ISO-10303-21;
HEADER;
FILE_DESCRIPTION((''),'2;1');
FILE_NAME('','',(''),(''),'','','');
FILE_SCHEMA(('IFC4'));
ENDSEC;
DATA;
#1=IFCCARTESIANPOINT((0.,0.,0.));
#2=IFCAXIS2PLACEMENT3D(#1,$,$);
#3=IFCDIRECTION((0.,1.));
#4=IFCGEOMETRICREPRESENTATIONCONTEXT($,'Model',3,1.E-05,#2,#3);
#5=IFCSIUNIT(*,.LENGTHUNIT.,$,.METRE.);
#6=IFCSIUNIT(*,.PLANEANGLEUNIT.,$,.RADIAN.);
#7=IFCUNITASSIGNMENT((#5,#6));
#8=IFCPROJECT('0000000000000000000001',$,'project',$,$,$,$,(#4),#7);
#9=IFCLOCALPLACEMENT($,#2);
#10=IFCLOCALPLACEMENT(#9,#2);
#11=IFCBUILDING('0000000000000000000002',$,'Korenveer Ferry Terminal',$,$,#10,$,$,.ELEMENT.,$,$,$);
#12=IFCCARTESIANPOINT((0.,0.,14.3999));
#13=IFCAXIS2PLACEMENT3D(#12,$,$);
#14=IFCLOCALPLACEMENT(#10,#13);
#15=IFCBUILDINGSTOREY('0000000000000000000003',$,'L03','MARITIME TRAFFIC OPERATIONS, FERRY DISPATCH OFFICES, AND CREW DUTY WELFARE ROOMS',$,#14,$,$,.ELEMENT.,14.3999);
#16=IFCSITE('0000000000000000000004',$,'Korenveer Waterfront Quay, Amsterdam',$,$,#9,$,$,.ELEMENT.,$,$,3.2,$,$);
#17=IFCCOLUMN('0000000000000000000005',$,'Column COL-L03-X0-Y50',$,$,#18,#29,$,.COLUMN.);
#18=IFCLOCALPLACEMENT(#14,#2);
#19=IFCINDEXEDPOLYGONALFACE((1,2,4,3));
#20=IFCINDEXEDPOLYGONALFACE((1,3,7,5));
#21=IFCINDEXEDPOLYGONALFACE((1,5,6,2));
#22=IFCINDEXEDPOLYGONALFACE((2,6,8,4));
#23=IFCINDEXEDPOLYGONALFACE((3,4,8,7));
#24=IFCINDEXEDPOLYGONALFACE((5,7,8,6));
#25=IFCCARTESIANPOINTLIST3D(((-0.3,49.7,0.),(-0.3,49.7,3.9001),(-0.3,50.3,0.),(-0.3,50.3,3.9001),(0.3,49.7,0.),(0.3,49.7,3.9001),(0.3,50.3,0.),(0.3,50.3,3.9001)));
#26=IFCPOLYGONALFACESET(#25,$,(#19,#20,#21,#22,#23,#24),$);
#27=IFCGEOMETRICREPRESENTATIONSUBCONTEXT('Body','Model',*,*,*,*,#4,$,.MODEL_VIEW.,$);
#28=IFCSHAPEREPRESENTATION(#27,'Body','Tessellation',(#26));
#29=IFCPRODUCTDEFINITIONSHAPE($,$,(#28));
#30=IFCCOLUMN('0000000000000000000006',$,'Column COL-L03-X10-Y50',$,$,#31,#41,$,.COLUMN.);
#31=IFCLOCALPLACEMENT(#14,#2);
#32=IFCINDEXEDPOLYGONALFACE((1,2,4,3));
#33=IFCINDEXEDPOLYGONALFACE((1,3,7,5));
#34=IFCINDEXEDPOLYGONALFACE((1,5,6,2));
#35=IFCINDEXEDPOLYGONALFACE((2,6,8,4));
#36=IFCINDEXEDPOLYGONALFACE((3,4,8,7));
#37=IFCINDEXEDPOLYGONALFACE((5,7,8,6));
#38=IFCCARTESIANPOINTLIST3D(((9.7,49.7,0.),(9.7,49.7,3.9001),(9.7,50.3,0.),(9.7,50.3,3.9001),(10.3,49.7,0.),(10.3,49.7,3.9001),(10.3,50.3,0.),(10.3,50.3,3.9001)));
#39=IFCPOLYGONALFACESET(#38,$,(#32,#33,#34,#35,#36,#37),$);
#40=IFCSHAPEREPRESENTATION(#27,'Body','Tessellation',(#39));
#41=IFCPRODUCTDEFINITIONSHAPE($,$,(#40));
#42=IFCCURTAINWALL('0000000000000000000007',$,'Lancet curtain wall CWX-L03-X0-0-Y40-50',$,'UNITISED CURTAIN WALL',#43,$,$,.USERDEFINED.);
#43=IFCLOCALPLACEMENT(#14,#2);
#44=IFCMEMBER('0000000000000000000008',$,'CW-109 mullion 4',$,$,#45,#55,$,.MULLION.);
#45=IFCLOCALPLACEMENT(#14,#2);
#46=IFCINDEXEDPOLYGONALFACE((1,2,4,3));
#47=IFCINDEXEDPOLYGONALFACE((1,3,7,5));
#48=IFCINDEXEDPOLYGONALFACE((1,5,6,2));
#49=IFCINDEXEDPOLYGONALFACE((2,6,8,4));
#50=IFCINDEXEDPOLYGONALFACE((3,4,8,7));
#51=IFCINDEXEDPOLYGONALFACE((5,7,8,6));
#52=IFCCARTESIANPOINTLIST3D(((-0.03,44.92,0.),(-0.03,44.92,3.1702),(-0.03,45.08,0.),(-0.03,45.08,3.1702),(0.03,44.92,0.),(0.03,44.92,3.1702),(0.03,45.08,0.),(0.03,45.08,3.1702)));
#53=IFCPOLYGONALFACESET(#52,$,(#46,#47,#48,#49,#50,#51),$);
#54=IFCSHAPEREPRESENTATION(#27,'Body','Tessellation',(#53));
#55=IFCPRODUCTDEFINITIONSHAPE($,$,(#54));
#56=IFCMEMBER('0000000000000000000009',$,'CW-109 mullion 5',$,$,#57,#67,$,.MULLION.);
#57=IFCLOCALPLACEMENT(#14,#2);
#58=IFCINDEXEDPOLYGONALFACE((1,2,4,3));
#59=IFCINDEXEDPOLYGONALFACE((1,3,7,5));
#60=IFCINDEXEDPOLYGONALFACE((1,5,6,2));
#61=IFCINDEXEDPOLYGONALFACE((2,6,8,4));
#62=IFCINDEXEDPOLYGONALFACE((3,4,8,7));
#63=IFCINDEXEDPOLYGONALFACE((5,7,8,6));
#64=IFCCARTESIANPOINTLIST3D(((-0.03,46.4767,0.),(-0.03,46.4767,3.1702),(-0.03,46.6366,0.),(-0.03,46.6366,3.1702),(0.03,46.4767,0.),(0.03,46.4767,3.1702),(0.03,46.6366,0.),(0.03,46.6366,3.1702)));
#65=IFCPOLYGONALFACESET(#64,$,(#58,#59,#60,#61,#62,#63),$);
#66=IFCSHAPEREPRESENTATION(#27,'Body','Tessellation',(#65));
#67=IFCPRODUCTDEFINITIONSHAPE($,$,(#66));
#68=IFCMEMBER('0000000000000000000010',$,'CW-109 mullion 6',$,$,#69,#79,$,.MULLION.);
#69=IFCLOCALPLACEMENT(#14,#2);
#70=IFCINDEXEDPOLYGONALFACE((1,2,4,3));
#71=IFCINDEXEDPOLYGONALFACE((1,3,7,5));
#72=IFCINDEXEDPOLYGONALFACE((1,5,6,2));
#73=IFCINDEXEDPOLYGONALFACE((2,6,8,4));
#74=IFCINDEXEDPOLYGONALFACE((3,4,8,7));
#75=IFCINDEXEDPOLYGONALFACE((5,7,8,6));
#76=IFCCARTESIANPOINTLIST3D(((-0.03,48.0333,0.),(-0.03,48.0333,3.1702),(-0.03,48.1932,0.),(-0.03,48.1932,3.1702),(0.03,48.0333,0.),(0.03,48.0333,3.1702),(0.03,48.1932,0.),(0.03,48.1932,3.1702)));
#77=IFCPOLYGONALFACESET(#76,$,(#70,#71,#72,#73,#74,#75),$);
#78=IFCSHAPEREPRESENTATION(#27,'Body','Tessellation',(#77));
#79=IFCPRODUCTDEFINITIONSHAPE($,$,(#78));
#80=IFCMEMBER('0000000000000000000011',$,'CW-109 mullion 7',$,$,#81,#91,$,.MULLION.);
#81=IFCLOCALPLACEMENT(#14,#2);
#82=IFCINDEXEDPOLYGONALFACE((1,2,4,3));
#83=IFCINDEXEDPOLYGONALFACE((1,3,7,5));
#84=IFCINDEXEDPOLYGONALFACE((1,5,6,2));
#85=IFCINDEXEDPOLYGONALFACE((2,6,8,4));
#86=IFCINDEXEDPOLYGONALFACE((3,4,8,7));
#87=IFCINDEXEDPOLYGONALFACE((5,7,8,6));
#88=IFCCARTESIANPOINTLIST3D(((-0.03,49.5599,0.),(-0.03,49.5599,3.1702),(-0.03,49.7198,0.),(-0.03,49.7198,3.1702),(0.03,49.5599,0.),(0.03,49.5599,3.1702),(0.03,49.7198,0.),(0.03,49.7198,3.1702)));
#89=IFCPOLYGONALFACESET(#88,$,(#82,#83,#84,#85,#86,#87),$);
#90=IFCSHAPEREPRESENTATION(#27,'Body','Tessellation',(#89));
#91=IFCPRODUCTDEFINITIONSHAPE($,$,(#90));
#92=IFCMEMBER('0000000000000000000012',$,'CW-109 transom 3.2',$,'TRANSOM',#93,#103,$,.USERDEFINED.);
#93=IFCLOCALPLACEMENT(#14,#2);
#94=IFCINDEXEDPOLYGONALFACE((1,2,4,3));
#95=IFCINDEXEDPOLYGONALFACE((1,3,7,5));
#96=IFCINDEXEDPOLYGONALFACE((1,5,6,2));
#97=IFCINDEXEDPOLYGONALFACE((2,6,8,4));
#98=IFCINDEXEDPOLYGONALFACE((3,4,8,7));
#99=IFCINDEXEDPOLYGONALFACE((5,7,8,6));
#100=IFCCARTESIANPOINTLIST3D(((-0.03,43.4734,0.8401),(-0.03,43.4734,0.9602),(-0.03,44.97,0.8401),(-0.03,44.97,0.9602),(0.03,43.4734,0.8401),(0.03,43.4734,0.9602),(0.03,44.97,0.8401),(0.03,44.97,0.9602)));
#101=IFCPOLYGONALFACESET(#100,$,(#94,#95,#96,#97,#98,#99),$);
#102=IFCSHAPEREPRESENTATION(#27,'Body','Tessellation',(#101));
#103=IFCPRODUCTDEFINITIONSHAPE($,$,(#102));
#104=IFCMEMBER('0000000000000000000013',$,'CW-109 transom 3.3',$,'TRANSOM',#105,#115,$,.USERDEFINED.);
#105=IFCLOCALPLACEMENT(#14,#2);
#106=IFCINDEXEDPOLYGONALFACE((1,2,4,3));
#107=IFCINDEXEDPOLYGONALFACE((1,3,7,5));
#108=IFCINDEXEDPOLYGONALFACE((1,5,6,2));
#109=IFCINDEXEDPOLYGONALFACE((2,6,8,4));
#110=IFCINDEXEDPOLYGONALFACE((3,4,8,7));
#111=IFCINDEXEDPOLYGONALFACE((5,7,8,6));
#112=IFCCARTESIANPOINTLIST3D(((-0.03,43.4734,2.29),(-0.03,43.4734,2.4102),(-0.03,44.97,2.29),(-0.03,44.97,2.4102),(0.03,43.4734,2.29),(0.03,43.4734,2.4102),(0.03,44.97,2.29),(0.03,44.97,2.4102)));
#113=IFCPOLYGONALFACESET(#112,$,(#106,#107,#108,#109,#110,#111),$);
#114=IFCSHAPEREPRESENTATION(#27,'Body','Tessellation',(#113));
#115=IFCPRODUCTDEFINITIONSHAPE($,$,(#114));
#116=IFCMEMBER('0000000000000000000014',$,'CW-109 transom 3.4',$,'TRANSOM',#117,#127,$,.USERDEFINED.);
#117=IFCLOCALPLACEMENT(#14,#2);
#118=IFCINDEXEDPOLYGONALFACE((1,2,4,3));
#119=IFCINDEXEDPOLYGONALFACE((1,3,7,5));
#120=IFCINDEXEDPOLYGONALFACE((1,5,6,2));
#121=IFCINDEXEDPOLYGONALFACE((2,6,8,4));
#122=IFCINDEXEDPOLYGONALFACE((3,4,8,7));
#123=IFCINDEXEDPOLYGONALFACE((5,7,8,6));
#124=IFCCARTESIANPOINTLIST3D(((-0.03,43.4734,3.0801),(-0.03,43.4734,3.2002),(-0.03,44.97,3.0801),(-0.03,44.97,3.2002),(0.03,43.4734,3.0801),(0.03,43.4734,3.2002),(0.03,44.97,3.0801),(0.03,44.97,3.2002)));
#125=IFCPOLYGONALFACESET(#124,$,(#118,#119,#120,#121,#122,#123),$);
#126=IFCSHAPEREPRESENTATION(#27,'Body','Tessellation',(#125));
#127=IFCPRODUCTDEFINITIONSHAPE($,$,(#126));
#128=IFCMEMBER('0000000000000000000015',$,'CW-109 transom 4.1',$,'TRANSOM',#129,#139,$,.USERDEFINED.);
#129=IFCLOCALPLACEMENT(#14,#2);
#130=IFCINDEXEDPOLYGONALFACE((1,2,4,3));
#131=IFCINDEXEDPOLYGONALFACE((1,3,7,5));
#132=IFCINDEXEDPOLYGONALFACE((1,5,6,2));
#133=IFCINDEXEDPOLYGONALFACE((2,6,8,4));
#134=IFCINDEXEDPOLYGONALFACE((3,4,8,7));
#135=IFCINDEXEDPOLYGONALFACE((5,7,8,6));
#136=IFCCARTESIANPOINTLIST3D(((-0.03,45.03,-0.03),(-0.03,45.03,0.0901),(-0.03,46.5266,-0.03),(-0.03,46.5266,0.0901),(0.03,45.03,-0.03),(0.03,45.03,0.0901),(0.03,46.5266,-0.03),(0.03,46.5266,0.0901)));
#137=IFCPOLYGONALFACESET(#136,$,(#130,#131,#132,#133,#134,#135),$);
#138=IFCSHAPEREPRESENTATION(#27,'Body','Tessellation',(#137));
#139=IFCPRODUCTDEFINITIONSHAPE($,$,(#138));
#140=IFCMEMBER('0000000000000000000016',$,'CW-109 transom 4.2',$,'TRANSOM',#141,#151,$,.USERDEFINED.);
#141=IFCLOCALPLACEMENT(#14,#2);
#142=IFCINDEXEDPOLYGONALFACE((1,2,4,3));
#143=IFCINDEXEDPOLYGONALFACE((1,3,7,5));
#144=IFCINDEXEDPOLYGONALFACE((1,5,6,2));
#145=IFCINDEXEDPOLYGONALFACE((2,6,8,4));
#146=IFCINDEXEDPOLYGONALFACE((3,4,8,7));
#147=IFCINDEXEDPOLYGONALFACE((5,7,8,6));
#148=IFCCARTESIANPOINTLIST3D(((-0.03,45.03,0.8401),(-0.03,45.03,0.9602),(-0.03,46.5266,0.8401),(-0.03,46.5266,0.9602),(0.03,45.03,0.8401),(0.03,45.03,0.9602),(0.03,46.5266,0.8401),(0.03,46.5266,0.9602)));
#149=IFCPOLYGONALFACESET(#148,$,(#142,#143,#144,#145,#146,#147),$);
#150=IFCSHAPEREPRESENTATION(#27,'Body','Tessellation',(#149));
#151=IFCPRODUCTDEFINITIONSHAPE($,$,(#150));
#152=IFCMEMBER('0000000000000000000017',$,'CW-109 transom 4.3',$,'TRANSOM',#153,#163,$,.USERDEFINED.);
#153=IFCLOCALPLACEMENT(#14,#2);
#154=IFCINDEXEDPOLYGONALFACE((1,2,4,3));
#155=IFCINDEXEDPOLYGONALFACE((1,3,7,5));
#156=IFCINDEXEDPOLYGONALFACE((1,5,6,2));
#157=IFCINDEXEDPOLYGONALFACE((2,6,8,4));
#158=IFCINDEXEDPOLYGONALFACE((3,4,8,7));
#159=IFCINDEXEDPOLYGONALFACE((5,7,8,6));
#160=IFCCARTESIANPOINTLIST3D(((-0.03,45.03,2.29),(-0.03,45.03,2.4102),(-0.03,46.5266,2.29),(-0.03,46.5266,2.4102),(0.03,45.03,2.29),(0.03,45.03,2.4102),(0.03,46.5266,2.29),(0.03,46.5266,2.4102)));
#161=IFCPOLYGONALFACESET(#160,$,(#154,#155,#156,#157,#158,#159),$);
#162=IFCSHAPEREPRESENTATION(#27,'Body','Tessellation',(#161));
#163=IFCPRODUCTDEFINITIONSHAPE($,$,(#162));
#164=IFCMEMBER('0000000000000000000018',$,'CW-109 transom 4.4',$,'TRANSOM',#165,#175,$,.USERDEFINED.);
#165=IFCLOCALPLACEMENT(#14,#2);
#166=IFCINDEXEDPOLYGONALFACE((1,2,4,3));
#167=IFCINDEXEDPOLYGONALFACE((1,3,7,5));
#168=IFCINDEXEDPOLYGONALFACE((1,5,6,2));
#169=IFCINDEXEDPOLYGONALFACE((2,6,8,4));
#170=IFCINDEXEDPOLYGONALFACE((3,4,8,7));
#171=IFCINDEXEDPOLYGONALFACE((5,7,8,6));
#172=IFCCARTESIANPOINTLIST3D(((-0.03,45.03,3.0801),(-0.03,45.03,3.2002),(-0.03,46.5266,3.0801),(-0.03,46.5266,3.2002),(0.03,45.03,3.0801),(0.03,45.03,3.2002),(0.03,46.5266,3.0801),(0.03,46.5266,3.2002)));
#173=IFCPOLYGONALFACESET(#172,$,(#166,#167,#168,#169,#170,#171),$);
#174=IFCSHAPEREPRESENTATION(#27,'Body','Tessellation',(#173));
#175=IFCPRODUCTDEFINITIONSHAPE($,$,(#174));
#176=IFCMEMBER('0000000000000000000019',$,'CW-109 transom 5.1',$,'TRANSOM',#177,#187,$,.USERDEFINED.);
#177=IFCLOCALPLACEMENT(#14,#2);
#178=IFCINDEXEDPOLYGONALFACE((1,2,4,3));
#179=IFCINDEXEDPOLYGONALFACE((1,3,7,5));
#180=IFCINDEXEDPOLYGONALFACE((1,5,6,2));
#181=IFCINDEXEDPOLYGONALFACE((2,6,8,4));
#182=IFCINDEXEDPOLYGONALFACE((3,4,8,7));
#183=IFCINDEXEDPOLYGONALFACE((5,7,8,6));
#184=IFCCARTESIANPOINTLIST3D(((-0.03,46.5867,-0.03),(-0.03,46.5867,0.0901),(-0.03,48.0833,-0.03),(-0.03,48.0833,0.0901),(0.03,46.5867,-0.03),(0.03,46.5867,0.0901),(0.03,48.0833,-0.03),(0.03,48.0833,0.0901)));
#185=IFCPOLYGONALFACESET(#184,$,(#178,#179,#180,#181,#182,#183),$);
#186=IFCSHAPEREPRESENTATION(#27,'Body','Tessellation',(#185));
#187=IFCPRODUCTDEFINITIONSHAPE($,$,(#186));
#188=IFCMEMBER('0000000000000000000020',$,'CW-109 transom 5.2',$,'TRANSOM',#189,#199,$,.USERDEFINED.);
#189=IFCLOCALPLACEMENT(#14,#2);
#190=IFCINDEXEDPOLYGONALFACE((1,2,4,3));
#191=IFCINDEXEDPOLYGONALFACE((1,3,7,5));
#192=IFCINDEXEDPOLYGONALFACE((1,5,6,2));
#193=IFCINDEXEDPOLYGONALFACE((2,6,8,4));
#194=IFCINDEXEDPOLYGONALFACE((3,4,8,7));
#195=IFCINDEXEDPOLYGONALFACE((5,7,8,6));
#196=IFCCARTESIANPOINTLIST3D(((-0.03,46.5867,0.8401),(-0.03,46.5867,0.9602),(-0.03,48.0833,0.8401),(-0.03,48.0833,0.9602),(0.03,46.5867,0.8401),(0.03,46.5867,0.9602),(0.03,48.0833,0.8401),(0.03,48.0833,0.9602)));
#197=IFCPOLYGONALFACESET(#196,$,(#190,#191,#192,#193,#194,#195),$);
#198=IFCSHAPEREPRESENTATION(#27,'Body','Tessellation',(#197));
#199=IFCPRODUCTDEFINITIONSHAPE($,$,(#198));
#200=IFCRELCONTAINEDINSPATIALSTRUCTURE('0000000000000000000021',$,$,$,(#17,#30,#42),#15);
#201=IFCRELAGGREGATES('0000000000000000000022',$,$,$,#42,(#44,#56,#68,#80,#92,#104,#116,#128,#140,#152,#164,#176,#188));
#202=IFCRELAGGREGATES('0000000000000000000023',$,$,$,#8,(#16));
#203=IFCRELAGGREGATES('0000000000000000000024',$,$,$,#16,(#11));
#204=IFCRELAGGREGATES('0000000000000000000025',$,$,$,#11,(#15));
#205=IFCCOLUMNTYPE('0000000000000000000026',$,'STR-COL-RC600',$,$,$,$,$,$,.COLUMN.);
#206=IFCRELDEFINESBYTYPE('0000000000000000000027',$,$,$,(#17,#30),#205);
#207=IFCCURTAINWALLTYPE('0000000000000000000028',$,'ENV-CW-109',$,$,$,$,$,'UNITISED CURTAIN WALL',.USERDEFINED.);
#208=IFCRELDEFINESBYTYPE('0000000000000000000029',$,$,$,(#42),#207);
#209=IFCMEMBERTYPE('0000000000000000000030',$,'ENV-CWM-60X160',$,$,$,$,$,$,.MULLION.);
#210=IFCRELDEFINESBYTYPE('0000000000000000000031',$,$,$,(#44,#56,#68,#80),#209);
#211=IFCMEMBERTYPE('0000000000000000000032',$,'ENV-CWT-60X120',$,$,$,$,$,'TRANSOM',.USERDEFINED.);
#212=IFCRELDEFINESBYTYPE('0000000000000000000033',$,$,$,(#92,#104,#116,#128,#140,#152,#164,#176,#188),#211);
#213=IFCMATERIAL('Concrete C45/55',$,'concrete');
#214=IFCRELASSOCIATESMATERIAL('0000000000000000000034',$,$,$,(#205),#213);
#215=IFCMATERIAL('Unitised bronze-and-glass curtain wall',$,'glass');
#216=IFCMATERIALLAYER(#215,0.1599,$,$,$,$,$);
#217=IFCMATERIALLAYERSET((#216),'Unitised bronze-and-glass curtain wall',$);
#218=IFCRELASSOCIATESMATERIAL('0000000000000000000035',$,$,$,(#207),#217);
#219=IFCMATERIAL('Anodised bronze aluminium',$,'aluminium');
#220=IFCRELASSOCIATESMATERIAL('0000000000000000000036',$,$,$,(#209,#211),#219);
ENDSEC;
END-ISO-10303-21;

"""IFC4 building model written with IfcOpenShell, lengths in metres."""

from ifc_helpers import new_model, si_unit, direction, frame, origin, origin_2d, place, context, subcontext, project, spatial, rectangle, extrude, material, layer, layer_set, material_profile, profile_set, type_object, element, aggregate, save


model = new_model("IFC4")

# Units and contexts
model_context = context("Model", 3, precision=1e-05, world=origin(), true_north=direction((0.0, 1.0)))
body_context = subcontext(model_context, "Body", "Model", "MODEL_VIEW")
ifc_project = project(units=[si_unit("LENGTHUNIT", "METRE"), si_unit("PLANEANGLEUNIT", "RADIAN")], contexts=[model_context])

# Site, building, storey
site_placement = place(None, origin())
site = spatial("IfcSite", under=ifc_project, at=site_placement, Name="Korenveer Waterfront Quay, Amsterdam", CompositionType="ELEMENT", RefElevation=3.2)
building_placement = place(site_placement, origin())
building = spatial("IfcBuilding", under=site, at=building_placement, Name="Korenveer Ferry Terminal", CompositionType="ELEMENT")
storey_placement = place(building_placement, frame((0.0, 0.0, 14.3999)))
storey = spatial("IfcBuildingStorey", under=building, at=storey_placement, Name="L03", Description="MARITIME TRAFFIC OPERATIONS, FERRY DISPATCH OFFICES, AND CREW DUTY WELFARE ROOMS", CompositionType="ELEMENT", Elevation=14.3999)

# Columns
ifc_material_1 = material(Name="Concrete C45/55", Category="concrete")
ifc_material_profile_1 = material_profile(ifc_material_1, rectangle(XDim=0.6001, YDim=0.6001, at=origin_2d()), Name="RC 600x600")
ifc_profile_set_1 = profile_set([ifc_material_profile_1], Name="Concrete C45/55")
column_type = type_object("IfcColumnType", Name="STR-COL-RC600", PredefinedType="COLUMN", material=ifc_profile_set_1)
for number, where, z_axis, x_axis, name in (
    (1, (0.0, 50.0, 0.0), (0.0, 0.0, 1.0), (1.0, 0.0, 0.0), "Column COL-L03-X0-Y50"),
    (2, (10.0, 50.0, 0.0), (0.0, 0.0, 1.0), (1.0, 0.0, 0.0), "Column COL-L03-X10-Y50"),
):
    element("IfcColumn", number, at=place(storey_placement, frame(where, z_axis=z_axis, x_axis=x_axis)), inside=storey, type_object=column_type, Name=name, PredefinedType="COLUMN", context=body_context, shape_type="SweptSolid", body=[
        extrude(rectangle(XDim=0.6001, YDim=0.6001, at=origin_2d()), origin(), (0.0, 0.0, 1.0), 3.9001),
    ])

# Curtain wall, members
ifc_material_2 = material(Name="Unitised bronze-and-glass curtain wall", Category="glass")
ifc_layer_1 = layer(ifc_material_2, 0.1599)
ifc_layer_set_1 = layer_set([ifc_layer_1], Name="Unitised bronze-and-glass curtain wall")
curtain_wall_type = type_object("IfcCurtainWallType", Name="ENV-CW-109", ElementType="UNITISED CURTAIN WALL", PredefinedType="USERDEFINED", material=ifc_layer_set_1)
curtain_wall_placement = place(storey_placement, frame((0.0, 40.3301, 0.0)))
curtain_wall = element("IfcCurtainWall", 3, at=curtain_wall_placement, inside=storey, type_object=curtain_wall_type, Name="Lancet curtain wall CWX-L03-X0-0-Y40-50", ObjectType="UNITISED CURTAIN WALL", PredefinedType="USERDEFINED")
ifc_material_3 = material(Name="Anodised bronze aluminium", Category="aluminium")
ifc_material_profile_2 = material_profile(ifc_material_3, rectangle(XDim=0.0601, YDim=0.1599, at=origin_2d()), Name="ALU 60x160")
ifc_profile_set_2 = profile_set([ifc_material_profile_2], Name="Anodised bronze aluminium")
member_type_1 = type_object("IfcMemberType", Name="ENV-CWM-60X160", PredefinedType="MULLION", material=ifc_profile_set_2)
member_1_placement = place(storey_placement, frame((0.0, 45.0, 0.0), z_axis=(0.0, 0.0, 1.0), x_axis=(-1.0, 0.0, 0.0)))
member_1 = element("IfcMember", 4, at=member_1_placement, type_object=member_type_1, Name="CW-109 mullion 4", PredefinedType="MULLION", context=body_context, shape_type="SweptSolid", body=[
    extrude(rectangle(XDim=0.0601, YDim=0.1599, at=origin_2d()), origin(), (0.0, 0.0, 1.0), 3.1702),
])
member_2_placement = place(storey_placement, frame((0.0, 46.5566, 0.0), z_axis=(0.0, 0.0, 1.0), x_axis=(-1.0, 0.0, 0.0)))
member_2 = element("IfcMember", 5, at=member_2_placement, type_object=member_type_1, Name="CW-109 mullion 5", PredefinedType="MULLION", context=body_context, shape_type="SweptSolid", body=[
    extrude(rectangle(XDim=0.0601, YDim=0.1599, at=origin_2d()), origin(), (0.0, 0.0, 1.0), 3.1702),
])
member_3_placement = place(storey_placement, frame((0.0, 48.1133, 0.0), z_axis=(0.0, 0.0, 1.0), x_axis=(-1.0, 0.0, 0.0)))
member_3 = element("IfcMember", 6, at=member_3_placement, type_object=member_type_1, Name="CW-109 mullion 6", PredefinedType="MULLION", context=body_context, shape_type="SweptSolid", body=[
    extrude(rectangle(XDim=0.0601, YDim=0.1599, at=origin_2d()), origin(), (0.0, 0.0, 1.0), 3.1702),
])
member_4_placement = place(storey_placement, frame((0.0, 49.6399, 0.0), z_axis=(0.0, 0.0, 1.0), x_axis=(-1.0, 0.0, 0.0)))
member_4 = element("IfcMember", 7, at=member_4_placement, type_object=member_type_1, Name="CW-109 mullion 7", PredefinedType="MULLION", context=body_context, shape_type="SweptSolid", body=[
    extrude(rectangle(XDim=0.0601, YDim=0.1599, at=origin_2d()), origin(), (0.0, 0.0, 1.0), 3.1702),
])
ifc_material_profile_3 = material_profile(ifc_material_3, rectangle(XDim=0.0601, YDim=0.1201, at=origin_2d()), Name="ALU 60x120")
ifc_profile_set_3 = profile_set([ifc_material_profile_3], Name="Anodised bronze aluminium")
member_type_2 = type_object("IfcMemberType", Name="ENV-CWT-60X120", ElementType="TRANSOM", PredefinedType="USERDEFINED", material=ifc_profile_set_3)
member_5_placement = place(storey_placement, frame((0.0, 43.4734, 0.9001), z_axis=(0.0, 1.0, 0.0), x_axis=(-1.0, 0.0, 0.0)))
member_5 = element("IfcMember", 8, at=member_5_placement, type_object=member_type_2, Name="CW-109 transom 3.2", ObjectType="TRANSOM", PredefinedType="USERDEFINED", context=body_context, shape_type="SweptSolid", body=[
    extrude(rectangle(XDim=0.0601, YDim=0.1201, at=origin_2d()), origin(), (0.0, 0.0, 1.0), 1.4966),
])
member_6_placement = place(storey_placement, frame((0.0, 43.4734, 2.3501), z_axis=(0.0, 1.0, 0.0), x_axis=(-1.0, 0.0, 0.0)))
member_6 = element("IfcMember", 9, at=member_6_placement, type_object=member_type_2, Name="CW-109 transom 3.3", ObjectType="TRANSOM", PredefinedType="USERDEFINED", context=body_context, shape_type="SweptSolid", body=[
    extrude(rectangle(XDim=0.0601, YDim=0.1201, at=origin_2d()), origin(), (0.0, 0.0, 1.0), 1.4966),
])
member_7_placement = place(storey_placement, frame((0.0, 43.4734, 3.1401), z_axis=(0.0, 1.0, 0.0), x_axis=(-1.0, 0.0, 0.0)))
member_7 = element("IfcMember", 10, at=member_7_placement, type_object=member_type_2, Name="CW-109 transom 3.4", ObjectType="TRANSOM", PredefinedType="USERDEFINED", context=body_context, shape_type="SweptSolid", body=[
    extrude(rectangle(XDim=0.0601, YDim=0.1201, at=origin_2d()), origin(), (0.0, 0.0, 1.0), 1.4966),
])
member_8_placement = place(storey_placement, frame((0.0, 45.03, 0.03), z_axis=(0.0, 1.0, 0.0), x_axis=(-1.0, 0.0, 0.0)))
member_8 = element("IfcMember", 11, at=member_8_placement, type_object=member_type_2, Name="CW-109 transom 4.1", ObjectType="TRANSOM", PredefinedType="USERDEFINED", context=body_context, shape_type="SweptSolid", body=[
    extrude(rectangle(XDim=0.0601, YDim=0.1201, at=origin_2d()), origin(), (0.0, 0.0, 1.0), 1.4966),
])
member_9_placement = place(storey_placement, frame((0.0, 45.03, 0.9001), z_axis=(0.0, 1.0, 0.0), x_axis=(-1.0, 0.0, 0.0)))
member_9 = element("IfcMember", 12, at=member_9_placement, type_object=member_type_2, Name="CW-109 transom 4.2", ObjectType="TRANSOM", PredefinedType="USERDEFINED", context=body_context, shape_type="SweptSolid", body=[
    extrude(rectangle(XDim=0.0601, YDim=0.1201, at=origin_2d()), origin(), (0.0, 0.0, 1.0), 1.4966),
])
member_10_placement = place(storey_placement, frame((0.0, 45.03, 2.3501), z_axis=(0.0, 1.0, 0.0), x_axis=(-1.0, 0.0, 0.0)))
member_10 = element("IfcMember", 13, at=member_10_placement, type_object=member_type_2, Name="CW-109 transom 4.3", ObjectType="TRANSOM", PredefinedType="USERDEFINED", context=body_context, shape_type="SweptSolid", body=[
    extrude(rectangle(XDim=0.0601, YDim=0.1201, at=origin_2d()), origin(), (0.0, 0.0, 1.0), 1.4966),
])
member_11_placement = place(storey_placement, frame((0.0, 45.03, 3.1401), z_axis=(0.0, 1.0, 0.0), x_axis=(-1.0, 0.0, 0.0)))
member_11 = element("IfcMember", 14, at=member_11_placement, type_object=member_type_2, Name="CW-109 transom 4.4", ObjectType="TRANSOM", PredefinedType="USERDEFINED", context=body_context, shape_type="SweptSolid", body=[
    extrude(rectangle(XDim=0.0601, YDim=0.1201, at=origin_2d()), origin(), (0.0, 0.0, 1.0), 1.4966),
])
member_12_placement = place(storey_placement, frame((0.0, 46.5867, 0.03), z_axis=(0.0, 1.0, 0.0), x_axis=(-1.0, 0.0, 0.0)))
member_12 = element("IfcMember", 15, at=member_12_placement, type_object=member_type_2, Name="CW-109 transom 5.1", ObjectType="TRANSOM", PredefinedType="USERDEFINED", context=body_context, shape_type="SweptSolid", body=[
    extrude(rectangle(XDim=0.0601, YDim=0.1201, at=origin_2d()), origin(), (0.0, 0.0, 1.0), 1.4966),
])
member_13_placement = place(storey_placement, frame((0.0, 46.5867, 0.9001), z_axis=(0.0, 1.0, 0.0), x_axis=(-1.0, 0.0, 0.0)))
member_13 = element("IfcMember", 16, at=member_13_placement, type_object=member_type_2, Name="CW-109 transom 5.2", ObjectType="TRANSOM", PredefinedType="USERDEFINED", context=body_context, shape_type="SweptSolid", body=[
    extrude(rectangle(XDim=0.0601, YDim=0.1201, at=origin_2d()), origin(), (0.0, 0.0, 1.0), 1.4966),
])

aggregate(curtain_wall, [member_1, member_2, member_3, member_4, member_5, member_6, member_7, member_8, member_9, member_10, member_11, member_12, member_13])

save(model, "model.ifc")
